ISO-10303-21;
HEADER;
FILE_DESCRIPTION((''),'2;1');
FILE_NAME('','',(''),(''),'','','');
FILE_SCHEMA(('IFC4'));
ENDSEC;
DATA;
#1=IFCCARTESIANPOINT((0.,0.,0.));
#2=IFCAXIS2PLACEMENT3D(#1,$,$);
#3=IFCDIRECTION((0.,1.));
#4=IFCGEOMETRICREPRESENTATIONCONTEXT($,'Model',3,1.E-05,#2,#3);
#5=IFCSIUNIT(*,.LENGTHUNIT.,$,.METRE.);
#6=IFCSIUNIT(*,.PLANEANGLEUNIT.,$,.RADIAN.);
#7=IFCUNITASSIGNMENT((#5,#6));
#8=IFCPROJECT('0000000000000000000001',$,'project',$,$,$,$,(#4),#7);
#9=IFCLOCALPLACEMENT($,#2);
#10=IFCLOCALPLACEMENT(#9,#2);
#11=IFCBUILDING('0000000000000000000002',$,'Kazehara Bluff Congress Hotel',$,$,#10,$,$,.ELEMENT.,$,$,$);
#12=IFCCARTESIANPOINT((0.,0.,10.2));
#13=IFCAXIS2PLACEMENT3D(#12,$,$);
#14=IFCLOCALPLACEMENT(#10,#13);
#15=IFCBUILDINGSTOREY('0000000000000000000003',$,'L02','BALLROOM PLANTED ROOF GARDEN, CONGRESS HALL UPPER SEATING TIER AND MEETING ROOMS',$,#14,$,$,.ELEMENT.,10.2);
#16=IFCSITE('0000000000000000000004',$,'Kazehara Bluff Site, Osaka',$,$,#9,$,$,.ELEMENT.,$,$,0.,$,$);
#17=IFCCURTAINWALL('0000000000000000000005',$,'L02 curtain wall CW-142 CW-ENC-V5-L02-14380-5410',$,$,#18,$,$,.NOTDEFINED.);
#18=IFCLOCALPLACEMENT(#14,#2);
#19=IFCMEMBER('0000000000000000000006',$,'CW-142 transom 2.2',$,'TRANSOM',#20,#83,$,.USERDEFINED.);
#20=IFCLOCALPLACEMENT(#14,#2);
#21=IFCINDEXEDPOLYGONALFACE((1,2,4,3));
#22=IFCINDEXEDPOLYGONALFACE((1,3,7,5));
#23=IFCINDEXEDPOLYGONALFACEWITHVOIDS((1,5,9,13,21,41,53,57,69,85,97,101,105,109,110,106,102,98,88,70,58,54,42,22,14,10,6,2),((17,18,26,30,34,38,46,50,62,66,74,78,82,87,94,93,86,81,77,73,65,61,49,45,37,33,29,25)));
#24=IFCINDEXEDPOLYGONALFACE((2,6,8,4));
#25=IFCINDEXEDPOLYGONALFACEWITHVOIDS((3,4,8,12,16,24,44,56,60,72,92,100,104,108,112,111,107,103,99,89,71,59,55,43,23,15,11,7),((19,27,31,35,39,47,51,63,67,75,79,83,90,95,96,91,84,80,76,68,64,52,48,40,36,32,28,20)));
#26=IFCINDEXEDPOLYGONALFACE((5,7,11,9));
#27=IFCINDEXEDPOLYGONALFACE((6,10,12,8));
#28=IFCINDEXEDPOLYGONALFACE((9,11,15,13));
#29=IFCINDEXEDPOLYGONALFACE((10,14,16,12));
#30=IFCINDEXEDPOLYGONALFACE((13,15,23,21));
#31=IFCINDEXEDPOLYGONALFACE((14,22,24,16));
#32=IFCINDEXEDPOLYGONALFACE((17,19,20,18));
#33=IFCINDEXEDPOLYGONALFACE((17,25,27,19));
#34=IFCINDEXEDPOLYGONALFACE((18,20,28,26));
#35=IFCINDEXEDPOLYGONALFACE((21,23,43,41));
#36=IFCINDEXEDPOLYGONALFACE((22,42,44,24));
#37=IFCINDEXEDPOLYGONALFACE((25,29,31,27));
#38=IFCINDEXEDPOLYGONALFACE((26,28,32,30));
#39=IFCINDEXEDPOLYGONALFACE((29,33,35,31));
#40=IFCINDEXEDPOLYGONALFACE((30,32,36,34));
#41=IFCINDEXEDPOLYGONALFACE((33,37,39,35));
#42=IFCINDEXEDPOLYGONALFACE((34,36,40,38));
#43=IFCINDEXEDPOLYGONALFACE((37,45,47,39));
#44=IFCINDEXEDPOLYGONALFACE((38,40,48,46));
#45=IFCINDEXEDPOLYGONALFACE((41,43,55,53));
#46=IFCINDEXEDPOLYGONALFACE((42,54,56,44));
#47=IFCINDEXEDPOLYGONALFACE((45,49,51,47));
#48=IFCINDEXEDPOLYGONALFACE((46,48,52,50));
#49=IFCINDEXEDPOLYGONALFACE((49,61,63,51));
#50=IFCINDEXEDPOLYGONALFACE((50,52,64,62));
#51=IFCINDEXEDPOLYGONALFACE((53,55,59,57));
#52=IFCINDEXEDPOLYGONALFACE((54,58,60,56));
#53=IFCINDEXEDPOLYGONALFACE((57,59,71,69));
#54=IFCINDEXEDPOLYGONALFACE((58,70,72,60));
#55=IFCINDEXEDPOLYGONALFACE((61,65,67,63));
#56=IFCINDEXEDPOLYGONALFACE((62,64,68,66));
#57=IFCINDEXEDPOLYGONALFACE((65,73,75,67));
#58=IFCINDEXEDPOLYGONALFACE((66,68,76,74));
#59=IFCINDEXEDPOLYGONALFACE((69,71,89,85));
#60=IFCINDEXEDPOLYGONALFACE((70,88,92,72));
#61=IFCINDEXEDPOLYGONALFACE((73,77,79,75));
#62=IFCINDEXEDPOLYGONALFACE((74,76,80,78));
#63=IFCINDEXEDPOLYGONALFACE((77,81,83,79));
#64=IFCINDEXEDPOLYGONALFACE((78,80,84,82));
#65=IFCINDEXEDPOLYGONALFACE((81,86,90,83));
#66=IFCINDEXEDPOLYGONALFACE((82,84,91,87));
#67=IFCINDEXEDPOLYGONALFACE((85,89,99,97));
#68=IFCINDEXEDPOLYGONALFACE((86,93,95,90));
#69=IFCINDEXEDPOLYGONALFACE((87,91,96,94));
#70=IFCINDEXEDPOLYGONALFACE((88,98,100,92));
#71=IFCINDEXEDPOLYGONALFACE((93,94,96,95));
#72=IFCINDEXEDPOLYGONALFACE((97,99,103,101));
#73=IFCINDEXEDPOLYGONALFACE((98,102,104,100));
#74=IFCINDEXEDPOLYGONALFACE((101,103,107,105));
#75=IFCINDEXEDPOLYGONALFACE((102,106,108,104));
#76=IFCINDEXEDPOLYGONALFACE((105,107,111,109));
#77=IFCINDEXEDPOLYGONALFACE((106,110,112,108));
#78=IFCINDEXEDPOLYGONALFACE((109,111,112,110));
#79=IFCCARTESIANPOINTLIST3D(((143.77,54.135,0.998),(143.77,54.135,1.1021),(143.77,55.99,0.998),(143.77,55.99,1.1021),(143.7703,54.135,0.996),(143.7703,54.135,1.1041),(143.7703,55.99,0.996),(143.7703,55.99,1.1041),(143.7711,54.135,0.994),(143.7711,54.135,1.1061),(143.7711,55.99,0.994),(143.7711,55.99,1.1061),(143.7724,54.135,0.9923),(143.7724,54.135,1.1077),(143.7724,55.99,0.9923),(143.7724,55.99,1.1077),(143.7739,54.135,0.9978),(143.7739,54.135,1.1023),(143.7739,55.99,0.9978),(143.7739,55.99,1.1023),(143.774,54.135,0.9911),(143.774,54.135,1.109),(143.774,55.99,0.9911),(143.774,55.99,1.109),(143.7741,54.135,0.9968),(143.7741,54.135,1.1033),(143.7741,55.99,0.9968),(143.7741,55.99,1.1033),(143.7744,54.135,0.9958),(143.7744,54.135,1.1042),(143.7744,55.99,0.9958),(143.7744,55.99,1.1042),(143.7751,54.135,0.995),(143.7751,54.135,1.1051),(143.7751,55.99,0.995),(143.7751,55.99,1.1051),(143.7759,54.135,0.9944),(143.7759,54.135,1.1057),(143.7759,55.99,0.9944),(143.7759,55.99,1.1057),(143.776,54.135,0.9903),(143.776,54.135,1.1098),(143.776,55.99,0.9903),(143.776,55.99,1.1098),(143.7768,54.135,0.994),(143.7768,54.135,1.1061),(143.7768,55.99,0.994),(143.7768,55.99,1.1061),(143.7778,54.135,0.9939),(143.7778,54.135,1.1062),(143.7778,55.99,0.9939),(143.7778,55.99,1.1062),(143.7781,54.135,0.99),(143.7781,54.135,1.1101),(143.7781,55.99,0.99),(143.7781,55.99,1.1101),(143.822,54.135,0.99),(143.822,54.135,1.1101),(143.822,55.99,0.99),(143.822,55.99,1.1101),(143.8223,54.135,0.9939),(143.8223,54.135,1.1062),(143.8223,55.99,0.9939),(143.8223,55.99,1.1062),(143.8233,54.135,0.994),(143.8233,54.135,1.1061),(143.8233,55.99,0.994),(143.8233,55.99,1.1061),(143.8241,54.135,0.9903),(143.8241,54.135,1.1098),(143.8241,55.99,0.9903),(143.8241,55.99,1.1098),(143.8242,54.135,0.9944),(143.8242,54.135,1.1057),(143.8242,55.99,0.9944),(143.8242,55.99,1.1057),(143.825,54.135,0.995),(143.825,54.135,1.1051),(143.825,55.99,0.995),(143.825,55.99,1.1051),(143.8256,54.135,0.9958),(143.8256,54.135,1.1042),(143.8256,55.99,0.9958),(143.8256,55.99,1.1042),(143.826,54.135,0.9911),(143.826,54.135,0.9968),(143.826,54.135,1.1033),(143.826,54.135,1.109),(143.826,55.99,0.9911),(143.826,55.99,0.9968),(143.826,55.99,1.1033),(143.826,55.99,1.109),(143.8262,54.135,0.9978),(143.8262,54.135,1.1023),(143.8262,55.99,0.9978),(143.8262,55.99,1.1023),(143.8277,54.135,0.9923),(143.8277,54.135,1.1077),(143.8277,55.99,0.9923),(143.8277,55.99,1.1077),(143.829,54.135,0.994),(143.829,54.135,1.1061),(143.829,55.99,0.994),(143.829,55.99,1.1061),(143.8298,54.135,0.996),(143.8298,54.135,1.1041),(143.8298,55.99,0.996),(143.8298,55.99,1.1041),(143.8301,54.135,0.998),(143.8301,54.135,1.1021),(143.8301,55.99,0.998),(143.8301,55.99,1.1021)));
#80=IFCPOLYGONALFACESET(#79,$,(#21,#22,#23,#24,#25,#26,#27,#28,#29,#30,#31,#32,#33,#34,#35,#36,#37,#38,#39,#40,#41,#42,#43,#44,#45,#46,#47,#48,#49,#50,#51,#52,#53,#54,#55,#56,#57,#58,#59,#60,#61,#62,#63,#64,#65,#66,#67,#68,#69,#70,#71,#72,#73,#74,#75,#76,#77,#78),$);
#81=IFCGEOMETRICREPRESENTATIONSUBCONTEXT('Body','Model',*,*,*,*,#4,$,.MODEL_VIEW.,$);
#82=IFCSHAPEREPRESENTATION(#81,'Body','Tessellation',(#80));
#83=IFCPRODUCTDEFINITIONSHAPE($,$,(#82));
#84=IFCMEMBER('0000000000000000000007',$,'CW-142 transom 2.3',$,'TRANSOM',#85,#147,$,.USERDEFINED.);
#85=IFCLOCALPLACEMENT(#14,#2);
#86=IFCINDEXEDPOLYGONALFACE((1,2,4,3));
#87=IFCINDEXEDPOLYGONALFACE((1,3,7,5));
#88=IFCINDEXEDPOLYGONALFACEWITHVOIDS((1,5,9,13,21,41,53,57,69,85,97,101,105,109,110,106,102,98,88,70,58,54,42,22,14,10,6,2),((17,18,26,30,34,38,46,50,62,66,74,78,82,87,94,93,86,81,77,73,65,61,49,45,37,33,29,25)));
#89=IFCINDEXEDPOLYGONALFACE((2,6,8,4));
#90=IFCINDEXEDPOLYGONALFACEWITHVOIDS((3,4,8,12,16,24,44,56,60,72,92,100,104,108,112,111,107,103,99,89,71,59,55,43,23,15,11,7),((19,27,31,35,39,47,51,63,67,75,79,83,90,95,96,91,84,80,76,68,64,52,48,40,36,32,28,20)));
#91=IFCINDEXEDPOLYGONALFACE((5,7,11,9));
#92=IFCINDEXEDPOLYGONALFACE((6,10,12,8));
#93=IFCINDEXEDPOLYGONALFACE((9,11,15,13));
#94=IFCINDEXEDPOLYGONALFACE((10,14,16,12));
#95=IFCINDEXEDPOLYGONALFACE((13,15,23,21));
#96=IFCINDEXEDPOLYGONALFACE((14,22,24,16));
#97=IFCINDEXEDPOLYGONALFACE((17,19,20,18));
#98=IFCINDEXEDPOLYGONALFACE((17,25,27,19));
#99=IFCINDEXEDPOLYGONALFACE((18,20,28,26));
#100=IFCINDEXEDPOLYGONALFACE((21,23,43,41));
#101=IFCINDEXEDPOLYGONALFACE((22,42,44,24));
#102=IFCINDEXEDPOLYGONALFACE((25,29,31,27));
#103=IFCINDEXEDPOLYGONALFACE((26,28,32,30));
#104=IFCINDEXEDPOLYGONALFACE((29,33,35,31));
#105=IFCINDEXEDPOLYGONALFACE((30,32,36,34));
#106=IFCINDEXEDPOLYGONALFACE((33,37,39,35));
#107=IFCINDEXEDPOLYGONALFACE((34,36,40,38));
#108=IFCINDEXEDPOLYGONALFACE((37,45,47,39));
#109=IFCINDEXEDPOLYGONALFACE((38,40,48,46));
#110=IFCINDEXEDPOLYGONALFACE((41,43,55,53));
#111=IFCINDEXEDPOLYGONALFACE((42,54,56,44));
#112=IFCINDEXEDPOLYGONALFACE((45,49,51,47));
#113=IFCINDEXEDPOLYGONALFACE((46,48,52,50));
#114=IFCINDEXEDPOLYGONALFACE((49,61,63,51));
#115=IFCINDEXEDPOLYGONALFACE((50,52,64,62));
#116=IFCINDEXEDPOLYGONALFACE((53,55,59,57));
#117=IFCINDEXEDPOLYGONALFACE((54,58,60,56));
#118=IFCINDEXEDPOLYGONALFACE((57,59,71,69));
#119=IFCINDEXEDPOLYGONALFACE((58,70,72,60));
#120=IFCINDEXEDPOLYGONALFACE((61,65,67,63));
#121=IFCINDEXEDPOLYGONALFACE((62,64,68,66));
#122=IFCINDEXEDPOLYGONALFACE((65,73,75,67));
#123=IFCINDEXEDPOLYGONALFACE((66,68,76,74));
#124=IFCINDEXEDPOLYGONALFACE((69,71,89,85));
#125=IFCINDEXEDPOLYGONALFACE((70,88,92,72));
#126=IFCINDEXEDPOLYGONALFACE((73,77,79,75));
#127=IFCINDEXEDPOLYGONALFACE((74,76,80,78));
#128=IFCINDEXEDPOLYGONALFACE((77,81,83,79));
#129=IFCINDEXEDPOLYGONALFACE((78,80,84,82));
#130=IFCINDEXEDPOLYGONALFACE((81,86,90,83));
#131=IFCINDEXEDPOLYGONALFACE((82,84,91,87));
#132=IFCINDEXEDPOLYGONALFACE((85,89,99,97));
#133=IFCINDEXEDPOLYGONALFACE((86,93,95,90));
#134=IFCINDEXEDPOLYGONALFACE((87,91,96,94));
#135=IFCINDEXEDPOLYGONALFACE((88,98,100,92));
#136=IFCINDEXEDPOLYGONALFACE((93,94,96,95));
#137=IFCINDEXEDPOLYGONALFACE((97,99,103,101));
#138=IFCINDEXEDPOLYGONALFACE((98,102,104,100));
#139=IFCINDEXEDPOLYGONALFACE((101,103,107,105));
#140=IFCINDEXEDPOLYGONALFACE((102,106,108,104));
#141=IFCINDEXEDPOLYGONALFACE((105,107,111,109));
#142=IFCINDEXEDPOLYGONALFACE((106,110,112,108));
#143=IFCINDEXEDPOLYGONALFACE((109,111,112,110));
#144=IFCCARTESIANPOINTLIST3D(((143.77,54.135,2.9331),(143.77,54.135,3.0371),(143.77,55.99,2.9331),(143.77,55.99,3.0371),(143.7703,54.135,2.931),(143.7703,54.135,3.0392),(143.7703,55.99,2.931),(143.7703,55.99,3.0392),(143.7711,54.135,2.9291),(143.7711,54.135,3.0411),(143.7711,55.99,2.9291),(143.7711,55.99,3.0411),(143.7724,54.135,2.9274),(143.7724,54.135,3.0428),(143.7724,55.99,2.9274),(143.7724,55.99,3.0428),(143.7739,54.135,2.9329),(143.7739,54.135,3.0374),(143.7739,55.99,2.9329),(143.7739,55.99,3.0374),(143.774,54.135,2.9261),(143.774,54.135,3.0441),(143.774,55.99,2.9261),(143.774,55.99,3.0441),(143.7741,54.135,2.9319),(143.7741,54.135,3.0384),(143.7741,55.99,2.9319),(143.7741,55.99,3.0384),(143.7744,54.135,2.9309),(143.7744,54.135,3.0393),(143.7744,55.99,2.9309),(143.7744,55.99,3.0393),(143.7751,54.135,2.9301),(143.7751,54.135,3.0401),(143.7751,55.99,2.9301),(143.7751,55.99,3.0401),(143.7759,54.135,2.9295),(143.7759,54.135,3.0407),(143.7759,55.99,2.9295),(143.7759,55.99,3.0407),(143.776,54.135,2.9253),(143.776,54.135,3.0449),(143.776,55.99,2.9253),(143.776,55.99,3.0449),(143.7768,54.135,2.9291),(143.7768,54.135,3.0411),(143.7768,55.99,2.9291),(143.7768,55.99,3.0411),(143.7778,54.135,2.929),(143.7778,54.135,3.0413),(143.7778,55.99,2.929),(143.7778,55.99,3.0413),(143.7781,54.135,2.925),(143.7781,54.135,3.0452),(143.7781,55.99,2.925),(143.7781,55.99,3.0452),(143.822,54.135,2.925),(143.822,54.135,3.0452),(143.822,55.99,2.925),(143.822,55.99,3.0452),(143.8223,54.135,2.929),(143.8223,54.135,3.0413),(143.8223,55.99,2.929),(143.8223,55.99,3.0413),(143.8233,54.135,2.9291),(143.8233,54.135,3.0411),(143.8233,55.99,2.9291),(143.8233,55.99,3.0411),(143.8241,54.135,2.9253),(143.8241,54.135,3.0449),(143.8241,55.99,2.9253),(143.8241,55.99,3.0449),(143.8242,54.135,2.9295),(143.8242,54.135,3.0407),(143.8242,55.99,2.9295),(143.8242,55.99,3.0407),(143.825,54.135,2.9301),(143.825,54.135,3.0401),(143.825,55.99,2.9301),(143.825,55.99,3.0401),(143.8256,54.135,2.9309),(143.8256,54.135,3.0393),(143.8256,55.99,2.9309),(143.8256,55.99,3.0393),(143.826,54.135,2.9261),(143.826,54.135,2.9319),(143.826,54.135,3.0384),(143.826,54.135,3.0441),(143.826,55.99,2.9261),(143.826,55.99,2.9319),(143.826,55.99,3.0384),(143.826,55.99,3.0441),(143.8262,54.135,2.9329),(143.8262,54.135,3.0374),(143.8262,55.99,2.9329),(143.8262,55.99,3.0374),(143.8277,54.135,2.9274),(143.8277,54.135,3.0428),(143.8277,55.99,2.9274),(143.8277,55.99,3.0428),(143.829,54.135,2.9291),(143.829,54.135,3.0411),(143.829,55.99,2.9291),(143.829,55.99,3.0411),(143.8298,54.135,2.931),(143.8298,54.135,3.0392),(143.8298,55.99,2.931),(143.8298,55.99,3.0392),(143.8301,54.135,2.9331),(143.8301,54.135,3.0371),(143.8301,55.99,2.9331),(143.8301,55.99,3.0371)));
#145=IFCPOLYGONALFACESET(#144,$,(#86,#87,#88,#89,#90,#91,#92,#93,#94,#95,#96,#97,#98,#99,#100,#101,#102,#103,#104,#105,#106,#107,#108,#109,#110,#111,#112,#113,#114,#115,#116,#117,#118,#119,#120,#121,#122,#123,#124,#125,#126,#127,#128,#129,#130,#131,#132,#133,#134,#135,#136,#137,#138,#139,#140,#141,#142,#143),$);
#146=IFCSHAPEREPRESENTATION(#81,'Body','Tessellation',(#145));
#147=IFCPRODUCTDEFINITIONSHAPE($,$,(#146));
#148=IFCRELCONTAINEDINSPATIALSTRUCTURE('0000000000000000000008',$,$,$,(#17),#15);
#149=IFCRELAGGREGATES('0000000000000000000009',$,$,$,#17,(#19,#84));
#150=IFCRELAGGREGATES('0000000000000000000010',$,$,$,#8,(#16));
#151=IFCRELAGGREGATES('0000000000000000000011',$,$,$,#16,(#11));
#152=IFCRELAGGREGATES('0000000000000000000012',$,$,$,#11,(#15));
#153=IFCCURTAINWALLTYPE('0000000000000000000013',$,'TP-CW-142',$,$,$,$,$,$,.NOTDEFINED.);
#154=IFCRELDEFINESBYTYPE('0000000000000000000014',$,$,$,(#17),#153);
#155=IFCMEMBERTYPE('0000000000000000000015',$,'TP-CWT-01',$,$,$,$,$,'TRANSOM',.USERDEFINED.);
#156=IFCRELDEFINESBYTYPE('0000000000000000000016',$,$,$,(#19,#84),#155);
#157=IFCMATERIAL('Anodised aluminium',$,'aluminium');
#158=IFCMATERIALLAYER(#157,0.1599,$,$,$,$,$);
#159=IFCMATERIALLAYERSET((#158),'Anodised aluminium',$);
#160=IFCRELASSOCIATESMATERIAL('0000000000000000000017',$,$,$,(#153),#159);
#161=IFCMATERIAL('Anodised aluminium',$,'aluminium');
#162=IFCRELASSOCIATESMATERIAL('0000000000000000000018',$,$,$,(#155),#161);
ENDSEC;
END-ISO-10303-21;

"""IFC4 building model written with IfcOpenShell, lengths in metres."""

from ifc_helpers import new_model, si_unit, direction, frame, origin, origin_2d, place, context, subcontext, project, spatial, hollow_rectangle, extrude, material, layer, layer_set, material_profile, profile_set, type_object, element, aggregate, save


model = new_model("IFC4")

# Units and contexts
model_context = context("Model", 3, precision=1e-05, world=origin(), true_north=direction((0.0, 1.0)))
body_context = subcontext(model_context, "Body", "Model", "MODEL_VIEW")
ifc_project = project(units=[si_unit("LENGTHUNIT", "METRE"), si_unit("PLANEANGLEUNIT", "RADIAN")], contexts=[model_context])

# Site, building, storey
site_placement = place(None, origin())
site = spatial("IfcSite", under=ifc_project, at=site_placement, Name="Kazehara Bluff Site, Osaka", CompositionType="ELEMENT", RefElevation=0.0)
building_placement = place(site_placement, origin())
building = spatial("IfcBuilding", under=site, at=building_placement, Name="Kazehara Bluff Congress Hotel", CompositionType="ELEMENT")
storey_placement = place(building_placement, frame((0.0, 0.0, 10.2)))
storey = spatial("IfcBuildingStorey", under=building, at=storey_placement, Name="L02", Description="BALLROOM PLANTED ROOF GARDEN, CONGRESS HALL UPPER SEATING TIER AND MEETING ROOMS", CompositionType="ELEMENT", Elevation=10.2)

# Curtain wall
ifc_material_1 = material(Name="Anodised aluminium", Category="aluminium")
ifc_layer_1 = layer(ifc_material_1, 0.1599)
ifc_layer_set_1 = layer_set([ifc_layer_1], Name="Anodised aluminium")
curtain_wall_type_1 = type_object("IfcCurtainWallType", Name="TP-CW-142", PredefinedType="NOTDEFINED", material=ifc_layer_set_1)
curtain_wall_1_placement = place(storey_placement, origin())
curtain_wall_1 = element("IfcCurtainWall", 1, at=curtain_wall_1_placement, inside=storey, type_object=curtain_wall_type_1, Name="L02 curtain wall CW-142 CW-ENC-V5-L02-14380-5410", PredefinedType="NOTDEFINED")

# Members
ifc_material_2 = material(Name="Anodised aluminium", Category="aluminium")
ifc_material_profile_1 = material_profile(ifc_material_2, hollow_rectangle(XDim=0.0601, YDim=0.1201, WallThickness=0.0039, InnerFilletRadius=0.0039, OuterFilletRadius=0.0081, at=origin_2d()))
ifc_profile_set_1 = profile_set([ifc_material_profile_1], Name="Anodised aluminium")
member_type_1 = type_object("IfcMemberType", Name="TP-CWT-01", ElementType="TRANSOM", PredefinedType="USERDEFINED", material=ifc_profile_set_1)
member_1_placement = place(storey_placement, frame((143.8, 54.135, 1.05), z_axis=(0.0, 1.0, 0.0), x_axis=(-1.0, 0.0, 0.0)))
member_1 = element("IfcMember", 2, at=member_1_placement, type_object=member_type_1, Name="CW-142 transom 2.2", ObjectType="TRANSOM", PredefinedType="USERDEFINED", context=body_context, shape_type="SweptSolid", body=[
    extrude(hollow_rectangle(XDim=0.0601, YDim=0.1201, WallThickness=0.0039, InnerFilletRadius=0.0039, OuterFilletRadius=0.0081, at=origin_2d()), origin(), (0.0, 0.0, 1.0), 1.855),
])
member_2_placement = place(storey_placement, frame((143.8, 54.135, 2.9851), z_axis=(0.0, 1.0, 0.0), x_axis=(-1.0, 0.0, 0.0)))
member_2 = element("IfcMember", 3, at=member_2_placement, type_object=member_type_1, Name="CW-142 transom 2.3", ObjectType="TRANSOM", PredefinedType="USERDEFINED", context=body_context, shape_type="SweptSolid", body=[
    extrude(hollow_rectangle(XDim=0.0601, YDim=0.1201, WallThickness=0.0039, InnerFilletRadius=0.0039, OuterFilletRadius=0.0081, at=origin_2d()), origin(), (0.0, 0.0, 1.0), 1.855),
])

aggregate(curtain_wall_1, [member_1, member_2])

save(model, "model.ifc")
